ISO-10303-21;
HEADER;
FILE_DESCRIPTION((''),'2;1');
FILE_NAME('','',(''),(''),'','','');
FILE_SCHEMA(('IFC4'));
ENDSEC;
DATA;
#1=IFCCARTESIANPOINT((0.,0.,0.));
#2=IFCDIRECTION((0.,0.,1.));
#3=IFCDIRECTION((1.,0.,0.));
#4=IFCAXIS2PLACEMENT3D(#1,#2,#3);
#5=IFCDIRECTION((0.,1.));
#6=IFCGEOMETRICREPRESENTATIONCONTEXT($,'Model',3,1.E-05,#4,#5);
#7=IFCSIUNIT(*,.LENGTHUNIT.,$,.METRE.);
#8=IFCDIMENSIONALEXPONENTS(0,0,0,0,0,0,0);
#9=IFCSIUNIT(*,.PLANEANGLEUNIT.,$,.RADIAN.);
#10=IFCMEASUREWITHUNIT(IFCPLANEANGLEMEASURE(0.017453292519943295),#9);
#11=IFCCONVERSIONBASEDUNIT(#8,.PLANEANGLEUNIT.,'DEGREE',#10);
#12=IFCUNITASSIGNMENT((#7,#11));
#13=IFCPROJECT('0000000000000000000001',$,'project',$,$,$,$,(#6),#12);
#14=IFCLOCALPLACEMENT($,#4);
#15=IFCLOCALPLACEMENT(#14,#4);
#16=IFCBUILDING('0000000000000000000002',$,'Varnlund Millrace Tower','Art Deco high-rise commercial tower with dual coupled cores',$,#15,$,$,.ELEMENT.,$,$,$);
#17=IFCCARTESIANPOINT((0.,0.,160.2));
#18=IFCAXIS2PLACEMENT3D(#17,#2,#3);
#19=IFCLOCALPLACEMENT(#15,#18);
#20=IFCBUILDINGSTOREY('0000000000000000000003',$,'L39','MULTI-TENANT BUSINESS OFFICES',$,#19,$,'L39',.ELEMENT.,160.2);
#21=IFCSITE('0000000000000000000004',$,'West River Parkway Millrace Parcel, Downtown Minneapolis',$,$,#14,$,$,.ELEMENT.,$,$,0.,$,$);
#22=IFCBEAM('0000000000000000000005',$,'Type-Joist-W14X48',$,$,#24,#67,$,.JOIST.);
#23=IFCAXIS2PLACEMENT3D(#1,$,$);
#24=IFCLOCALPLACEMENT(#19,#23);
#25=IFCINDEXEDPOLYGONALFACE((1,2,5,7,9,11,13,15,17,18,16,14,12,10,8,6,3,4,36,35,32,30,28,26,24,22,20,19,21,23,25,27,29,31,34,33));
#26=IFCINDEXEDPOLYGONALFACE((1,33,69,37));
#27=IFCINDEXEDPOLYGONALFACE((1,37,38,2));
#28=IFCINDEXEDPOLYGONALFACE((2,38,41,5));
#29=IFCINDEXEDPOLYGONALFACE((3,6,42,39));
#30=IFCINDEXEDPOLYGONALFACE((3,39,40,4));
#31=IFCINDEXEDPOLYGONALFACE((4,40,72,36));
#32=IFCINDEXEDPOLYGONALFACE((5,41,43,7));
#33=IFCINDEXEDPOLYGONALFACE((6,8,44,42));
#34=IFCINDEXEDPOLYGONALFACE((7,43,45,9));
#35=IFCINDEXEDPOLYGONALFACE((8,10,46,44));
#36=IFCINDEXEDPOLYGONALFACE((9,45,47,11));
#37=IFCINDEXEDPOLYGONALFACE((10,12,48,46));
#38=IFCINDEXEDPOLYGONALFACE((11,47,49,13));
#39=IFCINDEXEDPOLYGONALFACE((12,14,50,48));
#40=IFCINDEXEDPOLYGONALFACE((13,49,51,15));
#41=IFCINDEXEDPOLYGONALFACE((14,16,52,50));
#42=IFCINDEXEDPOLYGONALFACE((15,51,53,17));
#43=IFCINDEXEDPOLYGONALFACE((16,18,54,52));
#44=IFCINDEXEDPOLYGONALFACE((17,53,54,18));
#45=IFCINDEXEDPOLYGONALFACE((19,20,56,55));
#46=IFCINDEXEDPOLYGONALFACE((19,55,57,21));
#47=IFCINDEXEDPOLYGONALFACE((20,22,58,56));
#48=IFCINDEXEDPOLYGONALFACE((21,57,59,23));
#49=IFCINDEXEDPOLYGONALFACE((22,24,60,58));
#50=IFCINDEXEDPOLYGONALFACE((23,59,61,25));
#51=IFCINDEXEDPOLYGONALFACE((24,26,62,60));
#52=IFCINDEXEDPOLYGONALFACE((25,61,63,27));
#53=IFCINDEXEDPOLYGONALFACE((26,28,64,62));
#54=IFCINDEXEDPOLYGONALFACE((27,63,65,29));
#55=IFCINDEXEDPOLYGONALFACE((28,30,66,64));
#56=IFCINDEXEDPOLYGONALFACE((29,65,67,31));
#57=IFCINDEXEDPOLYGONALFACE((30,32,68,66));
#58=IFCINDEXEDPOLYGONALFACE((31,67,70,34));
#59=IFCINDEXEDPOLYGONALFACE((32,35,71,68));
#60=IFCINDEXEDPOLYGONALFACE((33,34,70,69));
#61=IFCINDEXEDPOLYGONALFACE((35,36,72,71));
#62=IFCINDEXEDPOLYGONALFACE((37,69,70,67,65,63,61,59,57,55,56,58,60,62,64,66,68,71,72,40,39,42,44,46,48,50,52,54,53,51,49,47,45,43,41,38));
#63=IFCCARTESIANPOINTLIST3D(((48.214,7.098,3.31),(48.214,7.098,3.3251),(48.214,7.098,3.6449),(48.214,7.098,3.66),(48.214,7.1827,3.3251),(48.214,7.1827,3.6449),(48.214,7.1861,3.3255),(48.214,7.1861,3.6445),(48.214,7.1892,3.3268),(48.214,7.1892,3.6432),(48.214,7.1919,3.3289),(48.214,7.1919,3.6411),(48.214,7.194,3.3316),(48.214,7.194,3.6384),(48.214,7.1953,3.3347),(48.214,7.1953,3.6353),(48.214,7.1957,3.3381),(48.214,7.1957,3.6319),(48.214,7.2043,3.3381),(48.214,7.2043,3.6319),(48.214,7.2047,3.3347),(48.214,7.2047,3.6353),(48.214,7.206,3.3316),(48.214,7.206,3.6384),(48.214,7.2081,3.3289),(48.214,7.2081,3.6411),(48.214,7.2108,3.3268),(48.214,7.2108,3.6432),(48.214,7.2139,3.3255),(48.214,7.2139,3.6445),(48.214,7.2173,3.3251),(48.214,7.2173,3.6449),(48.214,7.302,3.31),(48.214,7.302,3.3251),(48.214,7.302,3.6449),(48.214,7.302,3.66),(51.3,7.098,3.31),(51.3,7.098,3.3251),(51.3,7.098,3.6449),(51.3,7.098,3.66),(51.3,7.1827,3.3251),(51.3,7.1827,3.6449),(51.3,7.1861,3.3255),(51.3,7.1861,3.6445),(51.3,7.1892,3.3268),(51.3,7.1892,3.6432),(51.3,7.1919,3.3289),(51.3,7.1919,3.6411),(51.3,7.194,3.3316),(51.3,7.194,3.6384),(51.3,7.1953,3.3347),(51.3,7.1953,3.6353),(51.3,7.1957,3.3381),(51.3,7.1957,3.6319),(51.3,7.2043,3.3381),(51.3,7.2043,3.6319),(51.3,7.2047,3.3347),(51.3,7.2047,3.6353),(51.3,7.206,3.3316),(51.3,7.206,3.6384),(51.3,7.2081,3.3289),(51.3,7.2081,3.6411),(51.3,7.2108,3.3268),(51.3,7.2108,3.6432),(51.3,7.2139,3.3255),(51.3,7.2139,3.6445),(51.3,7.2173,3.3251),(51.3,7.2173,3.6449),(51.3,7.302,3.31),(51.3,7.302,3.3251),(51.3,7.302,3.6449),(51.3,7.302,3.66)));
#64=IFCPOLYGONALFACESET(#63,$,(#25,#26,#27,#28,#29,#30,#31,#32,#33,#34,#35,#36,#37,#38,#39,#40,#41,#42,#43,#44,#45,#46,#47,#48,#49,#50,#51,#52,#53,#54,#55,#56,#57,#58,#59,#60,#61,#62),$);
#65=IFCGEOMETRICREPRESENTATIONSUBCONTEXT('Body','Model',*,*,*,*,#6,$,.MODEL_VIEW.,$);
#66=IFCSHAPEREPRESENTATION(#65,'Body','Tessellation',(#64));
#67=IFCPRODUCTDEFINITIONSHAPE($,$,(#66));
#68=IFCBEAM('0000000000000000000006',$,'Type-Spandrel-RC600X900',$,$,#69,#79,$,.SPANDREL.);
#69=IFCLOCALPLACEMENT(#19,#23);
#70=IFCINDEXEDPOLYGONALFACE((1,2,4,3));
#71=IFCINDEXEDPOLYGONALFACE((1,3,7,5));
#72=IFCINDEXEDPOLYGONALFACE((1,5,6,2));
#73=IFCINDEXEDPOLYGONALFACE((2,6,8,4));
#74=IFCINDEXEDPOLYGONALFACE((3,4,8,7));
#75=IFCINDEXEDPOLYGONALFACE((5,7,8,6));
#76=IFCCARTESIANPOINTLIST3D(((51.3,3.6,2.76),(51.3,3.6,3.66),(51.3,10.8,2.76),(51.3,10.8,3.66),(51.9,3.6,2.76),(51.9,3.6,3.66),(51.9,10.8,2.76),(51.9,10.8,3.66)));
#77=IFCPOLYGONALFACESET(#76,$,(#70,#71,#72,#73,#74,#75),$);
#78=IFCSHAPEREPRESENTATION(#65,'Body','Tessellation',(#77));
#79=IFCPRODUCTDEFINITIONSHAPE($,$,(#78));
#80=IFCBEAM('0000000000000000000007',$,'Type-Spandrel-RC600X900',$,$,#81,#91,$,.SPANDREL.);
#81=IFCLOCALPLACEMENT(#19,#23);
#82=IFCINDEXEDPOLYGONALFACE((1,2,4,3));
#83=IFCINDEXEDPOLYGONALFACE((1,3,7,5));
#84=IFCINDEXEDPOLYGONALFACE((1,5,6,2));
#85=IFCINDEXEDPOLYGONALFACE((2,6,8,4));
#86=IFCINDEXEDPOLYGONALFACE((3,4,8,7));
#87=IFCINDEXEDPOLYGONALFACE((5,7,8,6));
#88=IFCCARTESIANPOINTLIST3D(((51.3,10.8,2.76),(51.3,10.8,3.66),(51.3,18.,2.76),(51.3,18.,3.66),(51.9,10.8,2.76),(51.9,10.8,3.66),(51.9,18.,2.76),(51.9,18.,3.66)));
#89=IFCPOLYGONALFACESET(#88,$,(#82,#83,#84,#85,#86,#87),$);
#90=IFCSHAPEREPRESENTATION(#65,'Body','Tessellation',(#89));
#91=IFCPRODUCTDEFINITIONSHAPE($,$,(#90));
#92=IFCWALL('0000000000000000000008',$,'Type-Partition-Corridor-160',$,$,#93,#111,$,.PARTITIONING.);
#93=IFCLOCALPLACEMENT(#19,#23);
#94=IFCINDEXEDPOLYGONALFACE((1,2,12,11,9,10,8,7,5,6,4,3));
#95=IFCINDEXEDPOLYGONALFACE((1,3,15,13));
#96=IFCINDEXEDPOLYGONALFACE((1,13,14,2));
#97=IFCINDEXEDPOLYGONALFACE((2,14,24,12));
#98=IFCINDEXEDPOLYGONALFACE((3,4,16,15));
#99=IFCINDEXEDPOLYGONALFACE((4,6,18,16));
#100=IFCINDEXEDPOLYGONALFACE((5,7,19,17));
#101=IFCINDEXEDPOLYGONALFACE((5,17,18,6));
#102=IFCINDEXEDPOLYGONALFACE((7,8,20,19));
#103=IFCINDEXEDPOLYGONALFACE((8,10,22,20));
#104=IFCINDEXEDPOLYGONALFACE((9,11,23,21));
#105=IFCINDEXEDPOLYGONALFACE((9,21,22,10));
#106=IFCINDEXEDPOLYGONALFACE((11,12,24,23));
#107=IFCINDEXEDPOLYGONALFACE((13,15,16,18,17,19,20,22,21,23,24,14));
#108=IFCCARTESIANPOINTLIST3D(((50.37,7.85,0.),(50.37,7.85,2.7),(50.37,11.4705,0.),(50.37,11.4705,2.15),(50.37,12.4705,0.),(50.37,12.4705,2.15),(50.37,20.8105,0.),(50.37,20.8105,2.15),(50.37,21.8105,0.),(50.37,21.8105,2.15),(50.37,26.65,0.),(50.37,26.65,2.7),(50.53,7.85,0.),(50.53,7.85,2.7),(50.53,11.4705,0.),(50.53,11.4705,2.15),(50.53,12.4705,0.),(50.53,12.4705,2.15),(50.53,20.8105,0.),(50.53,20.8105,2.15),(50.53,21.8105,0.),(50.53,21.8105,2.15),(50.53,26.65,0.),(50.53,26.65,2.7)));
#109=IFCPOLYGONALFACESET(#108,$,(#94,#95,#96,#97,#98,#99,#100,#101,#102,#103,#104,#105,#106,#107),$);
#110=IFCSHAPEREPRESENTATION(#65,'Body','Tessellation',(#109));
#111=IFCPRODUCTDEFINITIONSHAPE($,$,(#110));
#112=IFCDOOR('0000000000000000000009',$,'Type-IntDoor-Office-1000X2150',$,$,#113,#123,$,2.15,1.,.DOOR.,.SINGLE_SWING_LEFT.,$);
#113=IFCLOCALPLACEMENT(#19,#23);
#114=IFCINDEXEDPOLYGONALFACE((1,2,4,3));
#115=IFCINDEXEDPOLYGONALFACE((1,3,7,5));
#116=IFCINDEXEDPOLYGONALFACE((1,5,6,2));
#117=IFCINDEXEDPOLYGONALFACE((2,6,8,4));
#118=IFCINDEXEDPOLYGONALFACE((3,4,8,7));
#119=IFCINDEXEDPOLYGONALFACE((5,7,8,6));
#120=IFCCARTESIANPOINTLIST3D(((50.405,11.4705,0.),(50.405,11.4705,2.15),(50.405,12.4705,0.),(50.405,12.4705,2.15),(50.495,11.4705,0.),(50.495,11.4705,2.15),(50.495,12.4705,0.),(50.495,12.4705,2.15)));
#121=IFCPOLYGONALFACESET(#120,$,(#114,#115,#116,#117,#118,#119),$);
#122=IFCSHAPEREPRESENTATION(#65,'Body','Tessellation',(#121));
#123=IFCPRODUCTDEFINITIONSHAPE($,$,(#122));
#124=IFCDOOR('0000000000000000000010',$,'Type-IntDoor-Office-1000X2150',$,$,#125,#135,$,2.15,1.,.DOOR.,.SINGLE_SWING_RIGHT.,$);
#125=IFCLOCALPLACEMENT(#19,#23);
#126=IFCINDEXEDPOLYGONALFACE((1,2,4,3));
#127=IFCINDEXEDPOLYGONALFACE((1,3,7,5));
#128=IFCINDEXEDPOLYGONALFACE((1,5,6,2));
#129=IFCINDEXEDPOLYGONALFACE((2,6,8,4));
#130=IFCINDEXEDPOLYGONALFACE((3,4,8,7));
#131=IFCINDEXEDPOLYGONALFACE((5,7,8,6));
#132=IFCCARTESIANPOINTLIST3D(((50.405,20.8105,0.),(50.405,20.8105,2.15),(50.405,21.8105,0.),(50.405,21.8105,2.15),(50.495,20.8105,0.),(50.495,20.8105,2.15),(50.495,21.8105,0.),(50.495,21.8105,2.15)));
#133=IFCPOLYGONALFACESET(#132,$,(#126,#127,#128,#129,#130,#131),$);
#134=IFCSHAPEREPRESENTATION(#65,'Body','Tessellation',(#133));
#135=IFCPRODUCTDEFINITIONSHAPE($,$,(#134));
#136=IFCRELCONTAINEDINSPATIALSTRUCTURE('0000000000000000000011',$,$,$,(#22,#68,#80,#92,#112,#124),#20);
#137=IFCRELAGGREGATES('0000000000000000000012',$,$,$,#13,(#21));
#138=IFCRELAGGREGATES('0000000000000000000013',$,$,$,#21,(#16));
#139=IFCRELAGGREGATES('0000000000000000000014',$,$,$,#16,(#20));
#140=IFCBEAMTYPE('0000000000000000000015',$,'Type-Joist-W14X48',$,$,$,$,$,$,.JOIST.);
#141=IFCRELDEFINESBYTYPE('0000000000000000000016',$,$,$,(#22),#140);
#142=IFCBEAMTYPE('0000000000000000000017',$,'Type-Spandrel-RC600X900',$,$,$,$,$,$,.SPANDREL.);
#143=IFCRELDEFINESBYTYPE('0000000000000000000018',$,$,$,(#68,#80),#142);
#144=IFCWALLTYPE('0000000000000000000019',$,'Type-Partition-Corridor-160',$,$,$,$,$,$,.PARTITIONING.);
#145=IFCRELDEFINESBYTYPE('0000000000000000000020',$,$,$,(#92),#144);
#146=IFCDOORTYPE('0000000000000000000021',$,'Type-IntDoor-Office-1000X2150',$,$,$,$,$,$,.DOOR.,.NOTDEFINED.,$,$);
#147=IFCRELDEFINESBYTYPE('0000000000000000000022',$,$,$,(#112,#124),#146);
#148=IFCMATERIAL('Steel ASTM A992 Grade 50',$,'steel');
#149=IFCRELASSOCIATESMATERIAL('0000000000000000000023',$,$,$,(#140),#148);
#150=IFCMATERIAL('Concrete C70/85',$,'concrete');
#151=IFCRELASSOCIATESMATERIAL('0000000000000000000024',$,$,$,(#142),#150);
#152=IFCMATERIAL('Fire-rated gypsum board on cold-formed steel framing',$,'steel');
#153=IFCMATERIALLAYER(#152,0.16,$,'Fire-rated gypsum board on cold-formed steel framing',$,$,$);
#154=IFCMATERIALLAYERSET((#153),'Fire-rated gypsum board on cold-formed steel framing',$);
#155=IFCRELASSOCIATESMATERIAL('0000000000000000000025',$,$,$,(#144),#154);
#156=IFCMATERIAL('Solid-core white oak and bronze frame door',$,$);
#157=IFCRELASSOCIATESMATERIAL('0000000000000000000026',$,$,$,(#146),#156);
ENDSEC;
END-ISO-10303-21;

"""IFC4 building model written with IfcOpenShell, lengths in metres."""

from ifc_helpers import new_model, entity, si_unit, converted_unit, direction, frame, origin_with_axes, origin_2d_with_axis, place, context, subcontext, project, spatial, polyline, rectangle, i_section, outline, extrude, material, layer, layer_set, material_profile, profile_set, type_object, element, fill, save


model = new_model("IFC4")

# Units and contexts
model_context = context("Model", 3, precision=1e-05, world=origin_with_axes(), true_north=direction((0.0, 1.0)))
body_context = subcontext(model_context, "Body", "Model", "MODEL_VIEW")
ifc_project = project(units=[si_unit("LENGTHUNIT", "METRE"), converted_unit("PLANEANGLEUNIT", "DEGREE", entity("IfcPlaneAngleMeasure", 0.017453292519943295), si_unit("PLANEANGLEUNIT", "RADIAN"), dimensions=[0, 0, 0, 0, 0, 0, 0])], contexts=[model_context])

# Site, building, storey
site_placement = place(None, origin_with_axes())
site = spatial("IfcSite", under=ifc_project, at=site_placement, Name="West River Parkway Millrace Parcel, Downtown Minneapolis", CompositionType="ELEMENT", RefElevation=0.0)
building_placement = place(site_placement, origin_with_axes())
building = spatial("IfcBuilding", under=site, at=building_placement, Name="Varnlund Millrace Tower", Description="Art Deco high-rise commercial tower with dual coupled cores", CompositionType="ELEMENT")
storey_placement = place(building_placement, frame((0.0, 0.0, 160.2), z_axis=(0.0, 0.0, 1.0), x_axis=(1.0, 0.0, 0.0)))
storey = spatial("IfcBuildingStorey", under=building, at=storey_placement, Name="L39", Description="MULTI-TENANT BUSINESS OFFICES", LongName="L39", CompositionType="ELEMENT", Elevation=160.2)

# Beams
ifc_material_1 = material(Name="Steel ASTM A992 Grade 50", Category="steel")
ifc_material_profile_1 = material_profile(ifc_material_1, i_section(OverallWidth=0.204, OverallDepth=0.35, WebThickness=0.0086, FlangeThickness=0.0151, FilletRadius=0.013, at=origin_2d_with_axis()), Name="Steel ASTM A992 Grade 50")
ifc_profile_set_1 = profile_set([ifc_material_profile_1], Name="Steel ASTM A992 Grade 50")
beam_type_1 = type_object("IfcBeamType", Name="Type-Joist-W14X48", PredefinedType="JOIST", material=ifc_profile_set_1)
beam_1_placement = place(storey_placement, frame((48.214, 7.2, 3.485), z_axis=(1.0, 0.0, 0.0), x_axis=(0.0, 1.0, 0.0)))
element("IfcBeam", 1, at=beam_1_placement, inside=storey, type_object=beam_type_1, Name="Type-Joist-W14X48", PredefinedType="JOIST", context=body_context, shape_type="SweptSolid", body=[
    extrude(i_section(OverallWidth=0.204, OverallDepth=0.35, WebThickness=0.0086, FlangeThickness=0.0151, FilletRadius=0.013, at=origin_2d_with_axis()), origin_with_axes(), (0.0, 0.0, 1.0), 3.086),
])
ifc_material_2 = material(Name="Concrete C70/85", Category="concrete")
ifc_material_profile_2 = material_profile(ifc_material_2, rectangle(XDim=0.6, YDim=0.9, at=origin_2d_with_axis()), Name="Concrete C70/85")
ifc_profile_set_2 = profile_set([ifc_material_profile_2], Name="Concrete C70/85")
beam_type_2 = type_object("IfcBeamType", Name="Type-Spandrel-RC600X900", PredefinedType="SPANDREL", material=ifc_profile_set_2)
for number, where, z_axis, x_axis, name in (
    (2, (51.6, 3.6, 3.21), (0.0, 1.0, 0.0), (-1.0, 0.0, 0.0), "Type-Spandrel-RC600X900"),
    (3, (51.6, 10.8, 3.21), (0.0, 1.0, 0.0), (-1.0, 0.0, 0.0), "Type-Spandrel-RC600X900"),
):
    element("IfcBeam", number, at=place(storey_placement, frame(where, z_axis=z_axis, x_axis=x_axis)), inside=storey, type_object=beam_type_2, Name=name, PredefinedType="SPANDREL", context=body_context, shape_type="SweptSolid", body=[
        extrude(rectangle(XDim=0.6, YDim=0.9, at=origin_2d_with_axis()), origin_with_axes(), (0.0, 0.0, 1.0), 7.2),
    ])

# Wall, openings, doors
ifc_material_3 = material(Name="Fire-rated gypsum board on cold-formed steel framing", Category="steel")
ifc_layer = layer(ifc_material_3, 0.16, Name="Fire-rated gypsum board on cold-formed steel framing")
ifc_layer_set = layer_set([ifc_layer], Name="Fire-rated gypsum board on cold-formed steel framing")
wall_type = type_object("IfcWallType", Name="Type-Partition-Corridor-160", PredefinedType="PARTITIONING", material=ifc_layer_set)
wall_placement = place(storey_placement, frame((50.45, 7.85, 0.0), z_axis=(0.0, 0.0, 1.0), x_axis=(0.0, 1.0, 0.0)))
wall = element("IfcWall", 4, at=wall_placement, inside=storey, type_object=wall_type, Name="Type-Partition-Corridor-160", PredefinedType="PARTITIONING", context=body_context, shape_type="SweptSolid", body=[
    extrude(outline(polyline([(0.0, -0.08), (18.8, -0.08), (18.8, 0.08), (0.0, 0.08), (0.0, -0.08)])), origin_with_axes(), (0.0, 0.0, 1.0), 2.7),
])
opening_1_placement = place(wall_placement, frame((4.1205, 0.0, 0.0), z_axis=(0.0, 0.0, 1.0), x_axis=(1.0, 0.0, 0.0)))
opening_1 = element("IfcOpeningElement", 5, at=opening_1_placement, cuts=wall, PredefinedType="OPENING", context=body_context, shape_type="SweptSolid", body=[
    extrude(rectangle(XDim=1.0, YDim=0.18, at=origin_2d_with_axis()), origin_with_axes(), (0.0, 0.0, 1.0), 2.15),
])
opening_2_placement = place(wall_placement, frame((13.4605, 0.0, 0.0), z_axis=(0.0, 0.0, 1.0), x_axis=(1.0, 0.0, 0.0)))
opening_2 = element("IfcOpeningElement", 6, at=opening_2_placement, cuts=wall, PredefinedType="OPENING", context=body_context, shape_type="SweptSolid", body=[
    extrude(rectangle(XDim=1.0, YDim=0.18, at=origin_2d_with_axis()), origin_with_axes(), (0.0, 0.0, 1.0), 2.15),
])
ifc_material_4 = material(Name="Solid-core white oak and bronze frame door")
door_type = type_object("IfcDoorType", Name="Type-IntDoor-Office-1000X2150", OperationType="NOTDEFINED", PredefinedType="DOOR", material=ifc_material_4)
door_1_placement = place(wall_placement, frame((4.1205, 0.0, 0.0), z_axis=(0.0, 0.0, 1.0), x_axis=(1.0, 0.0, 0.0)))
door_1 = element("IfcDoor", 7, at=door_1_placement, inside=storey, type_object=door_type, Name="Type-IntDoor-Office-1000X2150", OperationType="SINGLE_SWING_LEFT", OverallHeight=2.15, OverallWidth=1.0, PredefinedType="DOOR", context=body_context, shape_type="SweptSolid", body=[
    extrude(rectangle(XDim=1.0, YDim=0.09, at=origin_2d_with_axis()), origin_with_axes(), (0.0, 0.0, 1.0), 2.15),
])
fill(opening_1, door_1)
door_2_placement = place(wall_placement, frame((13.4605, 0.0, 0.0), z_axis=(0.0, 0.0, 1.0), x_axis=(1.0, 0.0, 0.0)))
door_2 = element("IfcDoor", 8, at=door_2_placement, inside=storey, type_object=door_type, Name="Type-IntDoor-Office-1000X2150", OperationType="SINGLE_SWING_RIGHT", OverallHeight=2.15, OverallWidth=1.0, PredefinedType="DOOR", context=body_context, shape_type="SweptSolid", body=[
    extrude(rectangle(XDim=1.0, YDim=0.09, at=origin_2d_with_axis()), origin_with_axes(), (0.0, 0.0, 1.0), 2.15),
])
fill(opening_2, door_2)

save(model, "model.ifc")
